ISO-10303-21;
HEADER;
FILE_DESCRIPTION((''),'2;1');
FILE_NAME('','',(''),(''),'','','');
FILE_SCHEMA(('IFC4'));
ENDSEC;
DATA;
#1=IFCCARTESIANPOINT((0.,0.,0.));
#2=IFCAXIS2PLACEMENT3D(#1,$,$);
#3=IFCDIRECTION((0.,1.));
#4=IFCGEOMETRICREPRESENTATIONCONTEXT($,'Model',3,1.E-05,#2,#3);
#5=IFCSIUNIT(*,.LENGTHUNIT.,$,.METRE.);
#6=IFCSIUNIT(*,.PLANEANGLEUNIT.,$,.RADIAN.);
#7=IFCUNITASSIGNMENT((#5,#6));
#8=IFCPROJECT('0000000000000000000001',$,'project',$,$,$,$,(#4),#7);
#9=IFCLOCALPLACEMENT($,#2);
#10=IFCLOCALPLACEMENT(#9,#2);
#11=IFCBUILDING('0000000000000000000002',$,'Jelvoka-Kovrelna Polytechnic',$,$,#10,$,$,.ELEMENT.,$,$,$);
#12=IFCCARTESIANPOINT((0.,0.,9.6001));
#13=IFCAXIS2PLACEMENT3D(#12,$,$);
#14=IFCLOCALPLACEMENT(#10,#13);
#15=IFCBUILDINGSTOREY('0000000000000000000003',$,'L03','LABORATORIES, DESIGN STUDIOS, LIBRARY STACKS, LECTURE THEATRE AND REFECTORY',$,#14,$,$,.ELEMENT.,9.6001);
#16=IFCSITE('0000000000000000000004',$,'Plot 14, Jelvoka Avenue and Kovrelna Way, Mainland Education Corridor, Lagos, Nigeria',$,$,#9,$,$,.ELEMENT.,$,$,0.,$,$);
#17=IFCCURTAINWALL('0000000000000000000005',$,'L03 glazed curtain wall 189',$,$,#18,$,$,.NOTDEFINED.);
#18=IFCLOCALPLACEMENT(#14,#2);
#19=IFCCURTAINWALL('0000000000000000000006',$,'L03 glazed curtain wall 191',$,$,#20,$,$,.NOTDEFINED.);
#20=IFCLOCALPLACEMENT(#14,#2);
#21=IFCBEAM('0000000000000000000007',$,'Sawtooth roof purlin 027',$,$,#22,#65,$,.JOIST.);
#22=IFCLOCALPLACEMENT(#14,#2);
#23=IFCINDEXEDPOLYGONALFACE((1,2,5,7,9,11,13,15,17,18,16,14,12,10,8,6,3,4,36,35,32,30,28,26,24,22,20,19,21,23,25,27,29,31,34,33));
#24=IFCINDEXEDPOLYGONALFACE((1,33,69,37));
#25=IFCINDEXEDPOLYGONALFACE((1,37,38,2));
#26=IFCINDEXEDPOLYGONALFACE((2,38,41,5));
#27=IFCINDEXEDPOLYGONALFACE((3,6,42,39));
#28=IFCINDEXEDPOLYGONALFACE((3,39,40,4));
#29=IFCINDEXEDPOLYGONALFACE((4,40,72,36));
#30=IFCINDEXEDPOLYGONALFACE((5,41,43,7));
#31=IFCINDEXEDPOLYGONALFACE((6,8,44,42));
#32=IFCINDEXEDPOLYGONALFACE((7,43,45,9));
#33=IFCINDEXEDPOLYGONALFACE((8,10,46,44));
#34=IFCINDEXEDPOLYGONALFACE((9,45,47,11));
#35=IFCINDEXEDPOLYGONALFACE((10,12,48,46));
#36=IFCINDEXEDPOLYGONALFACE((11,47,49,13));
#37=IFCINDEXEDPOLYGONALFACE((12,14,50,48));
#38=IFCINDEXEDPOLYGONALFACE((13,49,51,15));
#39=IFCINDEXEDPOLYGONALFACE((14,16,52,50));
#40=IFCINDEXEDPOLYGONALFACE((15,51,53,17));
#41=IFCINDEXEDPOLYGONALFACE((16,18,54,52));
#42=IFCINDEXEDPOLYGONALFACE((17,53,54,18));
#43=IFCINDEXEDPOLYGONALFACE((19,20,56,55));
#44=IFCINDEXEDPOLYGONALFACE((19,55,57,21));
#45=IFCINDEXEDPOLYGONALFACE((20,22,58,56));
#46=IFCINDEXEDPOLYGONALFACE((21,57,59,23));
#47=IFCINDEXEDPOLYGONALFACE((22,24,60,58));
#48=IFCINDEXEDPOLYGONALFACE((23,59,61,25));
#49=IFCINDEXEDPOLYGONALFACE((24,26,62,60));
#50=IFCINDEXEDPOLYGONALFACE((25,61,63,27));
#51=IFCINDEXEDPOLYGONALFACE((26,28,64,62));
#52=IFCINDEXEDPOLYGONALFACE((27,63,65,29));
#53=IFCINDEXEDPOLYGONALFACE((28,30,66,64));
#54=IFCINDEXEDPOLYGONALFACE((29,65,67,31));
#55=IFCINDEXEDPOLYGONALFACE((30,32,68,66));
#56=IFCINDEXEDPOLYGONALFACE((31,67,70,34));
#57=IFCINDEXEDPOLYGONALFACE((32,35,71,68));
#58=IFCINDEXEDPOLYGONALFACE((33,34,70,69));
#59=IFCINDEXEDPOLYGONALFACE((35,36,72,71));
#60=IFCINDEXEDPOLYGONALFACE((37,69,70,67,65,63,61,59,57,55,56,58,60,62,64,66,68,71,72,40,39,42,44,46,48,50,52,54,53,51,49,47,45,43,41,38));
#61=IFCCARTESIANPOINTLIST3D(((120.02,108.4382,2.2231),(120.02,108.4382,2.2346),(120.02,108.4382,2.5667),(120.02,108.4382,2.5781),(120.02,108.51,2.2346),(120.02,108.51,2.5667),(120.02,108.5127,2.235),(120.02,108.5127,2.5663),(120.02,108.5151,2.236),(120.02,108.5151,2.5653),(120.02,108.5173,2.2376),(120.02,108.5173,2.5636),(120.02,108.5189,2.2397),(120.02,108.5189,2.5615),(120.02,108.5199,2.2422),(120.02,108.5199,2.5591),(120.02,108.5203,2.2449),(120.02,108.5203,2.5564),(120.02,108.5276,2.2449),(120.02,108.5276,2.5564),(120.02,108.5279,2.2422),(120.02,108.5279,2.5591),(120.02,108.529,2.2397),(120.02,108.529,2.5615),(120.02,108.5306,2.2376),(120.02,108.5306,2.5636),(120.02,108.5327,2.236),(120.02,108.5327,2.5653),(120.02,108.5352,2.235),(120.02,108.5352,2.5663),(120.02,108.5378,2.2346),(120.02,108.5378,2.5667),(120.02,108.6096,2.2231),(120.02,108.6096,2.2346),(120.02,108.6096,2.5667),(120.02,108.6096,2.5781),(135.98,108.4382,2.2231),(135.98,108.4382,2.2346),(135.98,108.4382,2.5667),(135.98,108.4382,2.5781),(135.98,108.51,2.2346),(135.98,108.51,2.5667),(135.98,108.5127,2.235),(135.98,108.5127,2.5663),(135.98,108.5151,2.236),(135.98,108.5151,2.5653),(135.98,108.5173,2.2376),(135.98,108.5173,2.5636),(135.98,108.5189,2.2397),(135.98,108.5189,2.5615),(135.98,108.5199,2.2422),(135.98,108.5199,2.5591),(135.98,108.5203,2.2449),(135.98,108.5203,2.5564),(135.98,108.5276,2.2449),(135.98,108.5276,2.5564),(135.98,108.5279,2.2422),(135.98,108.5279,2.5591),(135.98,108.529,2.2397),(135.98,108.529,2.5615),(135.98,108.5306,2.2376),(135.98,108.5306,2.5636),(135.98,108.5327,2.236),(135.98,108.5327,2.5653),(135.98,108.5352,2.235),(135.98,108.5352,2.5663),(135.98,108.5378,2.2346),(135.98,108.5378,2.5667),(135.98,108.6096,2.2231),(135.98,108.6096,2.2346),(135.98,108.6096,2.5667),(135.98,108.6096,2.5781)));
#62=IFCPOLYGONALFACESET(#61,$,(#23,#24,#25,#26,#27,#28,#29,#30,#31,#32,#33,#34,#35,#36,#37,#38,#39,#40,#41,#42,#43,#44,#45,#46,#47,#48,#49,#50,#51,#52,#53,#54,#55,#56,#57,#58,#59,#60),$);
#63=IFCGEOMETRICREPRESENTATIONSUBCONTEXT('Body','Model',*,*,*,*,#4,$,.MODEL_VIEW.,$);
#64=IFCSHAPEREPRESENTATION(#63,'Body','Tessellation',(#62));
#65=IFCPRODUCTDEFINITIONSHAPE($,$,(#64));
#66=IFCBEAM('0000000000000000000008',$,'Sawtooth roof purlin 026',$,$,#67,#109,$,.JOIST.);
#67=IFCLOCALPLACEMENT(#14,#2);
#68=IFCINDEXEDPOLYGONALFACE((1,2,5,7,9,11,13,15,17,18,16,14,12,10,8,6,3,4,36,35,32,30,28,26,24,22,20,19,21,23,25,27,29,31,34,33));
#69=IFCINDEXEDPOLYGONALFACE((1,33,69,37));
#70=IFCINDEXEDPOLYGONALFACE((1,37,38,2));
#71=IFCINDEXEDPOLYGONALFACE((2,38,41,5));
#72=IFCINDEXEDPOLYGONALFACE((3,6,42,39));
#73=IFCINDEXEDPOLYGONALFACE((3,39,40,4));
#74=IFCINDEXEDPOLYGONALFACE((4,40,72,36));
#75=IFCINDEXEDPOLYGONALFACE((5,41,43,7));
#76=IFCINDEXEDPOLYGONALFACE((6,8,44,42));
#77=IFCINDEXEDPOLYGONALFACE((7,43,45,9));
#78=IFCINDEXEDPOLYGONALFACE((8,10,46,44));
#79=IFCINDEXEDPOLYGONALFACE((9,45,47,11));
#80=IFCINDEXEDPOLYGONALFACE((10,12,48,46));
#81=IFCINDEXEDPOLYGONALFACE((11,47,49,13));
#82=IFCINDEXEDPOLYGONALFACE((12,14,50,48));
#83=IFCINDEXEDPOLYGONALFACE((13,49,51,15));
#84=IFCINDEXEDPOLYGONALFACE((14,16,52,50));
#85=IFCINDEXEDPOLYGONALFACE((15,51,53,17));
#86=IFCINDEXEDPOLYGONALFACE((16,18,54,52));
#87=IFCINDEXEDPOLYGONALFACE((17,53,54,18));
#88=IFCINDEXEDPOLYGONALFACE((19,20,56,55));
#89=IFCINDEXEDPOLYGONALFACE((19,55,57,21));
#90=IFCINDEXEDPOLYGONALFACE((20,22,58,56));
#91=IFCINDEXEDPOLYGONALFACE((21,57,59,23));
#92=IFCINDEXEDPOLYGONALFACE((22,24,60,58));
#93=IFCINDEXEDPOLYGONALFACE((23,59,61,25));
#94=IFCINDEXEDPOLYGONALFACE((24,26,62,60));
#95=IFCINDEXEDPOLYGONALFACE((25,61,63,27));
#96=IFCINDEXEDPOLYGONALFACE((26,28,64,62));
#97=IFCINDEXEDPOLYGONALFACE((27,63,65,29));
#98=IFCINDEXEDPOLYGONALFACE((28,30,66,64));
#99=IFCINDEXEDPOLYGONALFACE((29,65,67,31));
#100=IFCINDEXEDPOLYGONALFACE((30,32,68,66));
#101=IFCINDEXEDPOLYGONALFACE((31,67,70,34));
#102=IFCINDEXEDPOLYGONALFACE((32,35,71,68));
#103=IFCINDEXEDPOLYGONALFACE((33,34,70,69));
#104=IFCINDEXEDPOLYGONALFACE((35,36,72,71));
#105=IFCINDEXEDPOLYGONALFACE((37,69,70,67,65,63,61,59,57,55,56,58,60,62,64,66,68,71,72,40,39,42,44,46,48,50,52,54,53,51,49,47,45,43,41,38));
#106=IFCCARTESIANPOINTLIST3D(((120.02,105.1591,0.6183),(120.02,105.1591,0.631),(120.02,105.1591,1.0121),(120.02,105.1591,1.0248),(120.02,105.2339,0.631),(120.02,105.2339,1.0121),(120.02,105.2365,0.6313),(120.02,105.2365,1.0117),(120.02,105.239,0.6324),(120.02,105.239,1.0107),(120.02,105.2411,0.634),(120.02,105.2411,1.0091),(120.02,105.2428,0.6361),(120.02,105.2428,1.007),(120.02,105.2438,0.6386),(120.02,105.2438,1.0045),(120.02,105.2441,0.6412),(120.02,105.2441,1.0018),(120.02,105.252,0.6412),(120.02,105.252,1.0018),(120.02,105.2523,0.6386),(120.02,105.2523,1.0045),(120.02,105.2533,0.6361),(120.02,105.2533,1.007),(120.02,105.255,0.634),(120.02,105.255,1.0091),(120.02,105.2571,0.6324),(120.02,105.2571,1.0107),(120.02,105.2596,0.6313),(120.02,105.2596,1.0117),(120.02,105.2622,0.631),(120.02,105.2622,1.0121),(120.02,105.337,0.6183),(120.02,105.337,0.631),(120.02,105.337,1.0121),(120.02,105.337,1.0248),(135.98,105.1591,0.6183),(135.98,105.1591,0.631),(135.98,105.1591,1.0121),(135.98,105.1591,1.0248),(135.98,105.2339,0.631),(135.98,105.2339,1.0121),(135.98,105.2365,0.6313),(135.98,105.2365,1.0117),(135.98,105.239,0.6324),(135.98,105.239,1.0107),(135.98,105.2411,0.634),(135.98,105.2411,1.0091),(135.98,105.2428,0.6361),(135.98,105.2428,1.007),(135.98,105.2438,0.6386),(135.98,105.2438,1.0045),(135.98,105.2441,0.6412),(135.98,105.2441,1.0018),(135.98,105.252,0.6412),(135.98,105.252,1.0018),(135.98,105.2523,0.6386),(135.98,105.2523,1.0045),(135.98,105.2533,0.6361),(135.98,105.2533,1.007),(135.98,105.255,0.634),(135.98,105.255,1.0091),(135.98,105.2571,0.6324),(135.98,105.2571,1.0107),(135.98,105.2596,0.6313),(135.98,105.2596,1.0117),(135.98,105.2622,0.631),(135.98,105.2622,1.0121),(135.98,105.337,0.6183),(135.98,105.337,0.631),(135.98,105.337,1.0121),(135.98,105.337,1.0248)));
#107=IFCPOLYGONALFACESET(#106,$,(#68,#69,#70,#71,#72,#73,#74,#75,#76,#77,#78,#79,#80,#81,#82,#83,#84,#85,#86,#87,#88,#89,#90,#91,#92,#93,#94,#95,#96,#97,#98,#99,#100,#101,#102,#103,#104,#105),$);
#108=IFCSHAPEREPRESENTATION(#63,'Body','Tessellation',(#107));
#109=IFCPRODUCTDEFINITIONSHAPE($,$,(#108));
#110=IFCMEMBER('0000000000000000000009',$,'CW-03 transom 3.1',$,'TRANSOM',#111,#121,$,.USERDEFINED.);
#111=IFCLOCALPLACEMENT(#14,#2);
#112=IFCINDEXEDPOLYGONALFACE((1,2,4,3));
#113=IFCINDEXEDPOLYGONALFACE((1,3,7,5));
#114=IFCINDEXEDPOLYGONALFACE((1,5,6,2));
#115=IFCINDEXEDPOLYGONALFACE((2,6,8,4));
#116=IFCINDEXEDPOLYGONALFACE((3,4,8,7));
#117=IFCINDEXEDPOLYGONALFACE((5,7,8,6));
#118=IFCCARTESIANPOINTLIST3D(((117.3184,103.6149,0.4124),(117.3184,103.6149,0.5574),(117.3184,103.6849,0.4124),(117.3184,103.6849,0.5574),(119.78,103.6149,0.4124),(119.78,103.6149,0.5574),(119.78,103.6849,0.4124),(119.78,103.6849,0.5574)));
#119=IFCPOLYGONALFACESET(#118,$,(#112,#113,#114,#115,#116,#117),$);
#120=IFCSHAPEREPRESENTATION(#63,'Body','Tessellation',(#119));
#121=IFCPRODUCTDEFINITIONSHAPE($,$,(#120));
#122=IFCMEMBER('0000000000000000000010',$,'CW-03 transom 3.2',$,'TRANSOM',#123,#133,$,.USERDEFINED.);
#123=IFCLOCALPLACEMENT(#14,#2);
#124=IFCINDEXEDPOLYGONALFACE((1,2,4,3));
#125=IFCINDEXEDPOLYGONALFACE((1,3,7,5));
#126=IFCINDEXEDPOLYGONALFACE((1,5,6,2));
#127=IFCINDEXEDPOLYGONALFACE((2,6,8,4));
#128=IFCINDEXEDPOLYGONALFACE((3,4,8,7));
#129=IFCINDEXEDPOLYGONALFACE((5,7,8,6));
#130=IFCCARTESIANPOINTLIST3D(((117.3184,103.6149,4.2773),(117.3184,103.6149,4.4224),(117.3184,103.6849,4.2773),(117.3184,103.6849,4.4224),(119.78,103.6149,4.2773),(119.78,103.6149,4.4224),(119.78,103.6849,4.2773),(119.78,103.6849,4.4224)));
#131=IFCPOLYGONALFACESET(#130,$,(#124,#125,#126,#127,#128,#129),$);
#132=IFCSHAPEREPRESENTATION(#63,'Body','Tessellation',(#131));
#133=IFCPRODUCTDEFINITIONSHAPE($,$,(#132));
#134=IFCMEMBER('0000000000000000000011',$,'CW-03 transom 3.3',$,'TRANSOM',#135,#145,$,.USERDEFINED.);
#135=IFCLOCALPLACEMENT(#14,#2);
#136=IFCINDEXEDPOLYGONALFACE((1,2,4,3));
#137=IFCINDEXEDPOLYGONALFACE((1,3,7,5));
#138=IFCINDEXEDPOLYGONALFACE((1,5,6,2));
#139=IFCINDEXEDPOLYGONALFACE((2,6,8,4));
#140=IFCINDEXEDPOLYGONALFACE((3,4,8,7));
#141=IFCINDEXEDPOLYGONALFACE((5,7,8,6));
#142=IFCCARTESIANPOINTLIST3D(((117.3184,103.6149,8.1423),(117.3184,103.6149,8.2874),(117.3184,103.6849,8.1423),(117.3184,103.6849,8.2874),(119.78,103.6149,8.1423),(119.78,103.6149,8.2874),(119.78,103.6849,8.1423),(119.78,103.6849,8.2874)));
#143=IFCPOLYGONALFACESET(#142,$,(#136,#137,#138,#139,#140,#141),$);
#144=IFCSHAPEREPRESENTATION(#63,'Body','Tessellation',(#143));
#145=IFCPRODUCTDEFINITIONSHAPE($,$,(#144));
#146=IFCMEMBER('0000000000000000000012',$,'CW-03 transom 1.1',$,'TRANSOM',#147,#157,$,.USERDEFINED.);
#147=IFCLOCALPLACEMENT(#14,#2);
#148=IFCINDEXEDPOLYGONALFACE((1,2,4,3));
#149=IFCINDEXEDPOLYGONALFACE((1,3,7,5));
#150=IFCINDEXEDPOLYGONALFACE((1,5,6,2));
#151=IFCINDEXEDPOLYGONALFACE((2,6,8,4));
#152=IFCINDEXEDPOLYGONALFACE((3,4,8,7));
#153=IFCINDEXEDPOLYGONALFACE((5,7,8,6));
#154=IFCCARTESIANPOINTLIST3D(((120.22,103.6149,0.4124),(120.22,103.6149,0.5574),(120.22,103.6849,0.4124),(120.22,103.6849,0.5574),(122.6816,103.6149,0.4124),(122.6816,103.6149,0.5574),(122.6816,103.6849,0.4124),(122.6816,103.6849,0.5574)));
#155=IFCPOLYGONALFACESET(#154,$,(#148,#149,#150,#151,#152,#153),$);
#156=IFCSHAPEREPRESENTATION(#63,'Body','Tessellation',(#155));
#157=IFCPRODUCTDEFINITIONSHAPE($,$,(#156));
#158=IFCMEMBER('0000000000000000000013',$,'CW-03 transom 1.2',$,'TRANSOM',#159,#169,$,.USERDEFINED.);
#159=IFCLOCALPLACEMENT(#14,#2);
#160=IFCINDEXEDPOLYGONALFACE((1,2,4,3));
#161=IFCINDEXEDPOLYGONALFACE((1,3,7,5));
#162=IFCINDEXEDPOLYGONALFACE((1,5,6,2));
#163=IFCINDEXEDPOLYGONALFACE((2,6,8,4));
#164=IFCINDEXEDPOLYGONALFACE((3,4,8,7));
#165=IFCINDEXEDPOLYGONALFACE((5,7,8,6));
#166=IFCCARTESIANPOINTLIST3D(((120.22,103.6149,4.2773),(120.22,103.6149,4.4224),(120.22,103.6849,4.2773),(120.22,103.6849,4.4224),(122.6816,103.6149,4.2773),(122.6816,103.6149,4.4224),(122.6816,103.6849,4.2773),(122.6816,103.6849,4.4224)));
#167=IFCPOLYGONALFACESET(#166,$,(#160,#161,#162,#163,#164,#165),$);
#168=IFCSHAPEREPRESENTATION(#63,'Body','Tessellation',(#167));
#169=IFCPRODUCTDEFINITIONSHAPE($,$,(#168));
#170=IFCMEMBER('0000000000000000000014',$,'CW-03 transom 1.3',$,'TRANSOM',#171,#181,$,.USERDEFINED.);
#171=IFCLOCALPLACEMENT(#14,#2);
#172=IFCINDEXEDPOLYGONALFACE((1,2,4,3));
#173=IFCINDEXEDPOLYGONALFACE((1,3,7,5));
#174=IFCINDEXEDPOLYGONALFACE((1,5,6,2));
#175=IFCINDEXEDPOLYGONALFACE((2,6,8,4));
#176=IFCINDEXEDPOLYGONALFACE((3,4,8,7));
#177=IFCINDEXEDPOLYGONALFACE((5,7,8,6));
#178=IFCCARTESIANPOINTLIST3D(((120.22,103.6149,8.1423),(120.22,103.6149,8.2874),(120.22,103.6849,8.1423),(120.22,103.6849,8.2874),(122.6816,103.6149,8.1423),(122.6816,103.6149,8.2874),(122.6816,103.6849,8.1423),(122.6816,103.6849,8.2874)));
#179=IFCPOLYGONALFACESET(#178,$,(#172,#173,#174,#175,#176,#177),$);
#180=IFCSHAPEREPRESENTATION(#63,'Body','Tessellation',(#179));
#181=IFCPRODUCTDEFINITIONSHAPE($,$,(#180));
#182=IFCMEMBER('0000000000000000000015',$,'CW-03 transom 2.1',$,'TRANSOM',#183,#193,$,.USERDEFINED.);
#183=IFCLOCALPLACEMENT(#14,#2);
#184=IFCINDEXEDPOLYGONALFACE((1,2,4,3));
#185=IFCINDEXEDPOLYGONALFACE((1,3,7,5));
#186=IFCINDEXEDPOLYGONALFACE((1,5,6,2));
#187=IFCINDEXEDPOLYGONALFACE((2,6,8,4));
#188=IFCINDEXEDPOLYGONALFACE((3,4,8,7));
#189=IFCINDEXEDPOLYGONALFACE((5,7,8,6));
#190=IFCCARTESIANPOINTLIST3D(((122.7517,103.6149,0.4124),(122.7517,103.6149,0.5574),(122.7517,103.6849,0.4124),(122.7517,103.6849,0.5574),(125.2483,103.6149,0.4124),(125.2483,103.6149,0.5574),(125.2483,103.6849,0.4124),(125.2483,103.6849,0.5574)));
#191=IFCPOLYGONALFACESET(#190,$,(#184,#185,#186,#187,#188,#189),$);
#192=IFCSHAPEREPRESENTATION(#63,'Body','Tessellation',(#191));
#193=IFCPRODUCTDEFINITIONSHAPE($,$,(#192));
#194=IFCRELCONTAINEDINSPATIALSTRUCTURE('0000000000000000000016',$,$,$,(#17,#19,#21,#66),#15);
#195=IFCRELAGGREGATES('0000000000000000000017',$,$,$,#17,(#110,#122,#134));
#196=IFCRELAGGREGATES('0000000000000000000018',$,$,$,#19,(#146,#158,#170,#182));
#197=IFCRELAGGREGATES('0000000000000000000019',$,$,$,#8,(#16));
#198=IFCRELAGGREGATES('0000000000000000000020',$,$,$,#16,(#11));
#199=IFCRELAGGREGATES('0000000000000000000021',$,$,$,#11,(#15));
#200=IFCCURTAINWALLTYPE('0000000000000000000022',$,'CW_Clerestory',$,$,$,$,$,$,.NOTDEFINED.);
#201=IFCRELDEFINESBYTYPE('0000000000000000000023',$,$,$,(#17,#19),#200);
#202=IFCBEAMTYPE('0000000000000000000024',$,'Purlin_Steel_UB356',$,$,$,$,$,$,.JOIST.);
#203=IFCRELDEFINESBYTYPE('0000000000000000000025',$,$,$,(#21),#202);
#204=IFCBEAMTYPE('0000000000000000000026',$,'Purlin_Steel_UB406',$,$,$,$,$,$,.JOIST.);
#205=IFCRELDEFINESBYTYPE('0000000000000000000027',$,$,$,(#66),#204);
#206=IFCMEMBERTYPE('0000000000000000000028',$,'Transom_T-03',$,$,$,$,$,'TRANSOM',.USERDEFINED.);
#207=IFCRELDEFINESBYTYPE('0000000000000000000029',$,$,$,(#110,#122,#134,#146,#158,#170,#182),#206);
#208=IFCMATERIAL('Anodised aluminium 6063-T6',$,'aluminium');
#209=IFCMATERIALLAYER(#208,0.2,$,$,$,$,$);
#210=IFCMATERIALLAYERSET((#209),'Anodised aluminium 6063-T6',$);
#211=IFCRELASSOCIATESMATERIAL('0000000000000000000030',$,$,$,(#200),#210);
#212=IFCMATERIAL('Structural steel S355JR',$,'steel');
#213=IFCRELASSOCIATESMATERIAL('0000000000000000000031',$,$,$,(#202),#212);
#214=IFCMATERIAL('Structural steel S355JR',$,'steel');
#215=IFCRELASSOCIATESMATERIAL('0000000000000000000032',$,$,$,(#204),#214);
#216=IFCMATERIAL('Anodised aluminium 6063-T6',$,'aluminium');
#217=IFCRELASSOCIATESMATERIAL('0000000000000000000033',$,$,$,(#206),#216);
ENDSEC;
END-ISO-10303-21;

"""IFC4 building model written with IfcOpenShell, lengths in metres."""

from ifc_helpers import new_model, si_unit, direction, frame, origin, origin_2d, place, context, subcontext, project, spatial, rectangle, i_section, extrude, material, layer, layer_set, material_profile, profile_set, type_object, element, aggregate, save


model = new_model("IFC4")

# Units and contexts
model_context = context("Model", 3, precision=1e-05, world=origin(), true_north=direction((0.0, 1.0)))
body_context = subcontext(model_context, "Body", "Model", "MODEL_VIEW")
ifc_project = project(units=[si_unit("LENGTHUNIT", "METRE"), si_unit("PLANEANGLEUNIT", "RADIAN")], contexts=[model_context])

# Site, building, storey
site_placement = place(None, origin())
site = spatial("IfcSite", under=ifc_project, at=site_placement, Name="Plot 14, Jelvoka Avenue and Kovrelna Way, Mainland Education Corridor, Lagos, Nigeria", CompositionType="ELEMENT", RefElevation=0.0)
building_placement = place(site_placement, origin())
building = spatial("IfcBuilding", under=site, at=building_placement, Name="Jelvoka-Kovrelna Polytechnic", CompositionType="ELEMENT")
storey_placement = place(building_placement, frame((0.0, 0.0, 9.6001)))
storey = spatial("IfcBuildingStorey", under=building, at=storey_placement, Name="L03", Description="LABORATORIES, DESIGN STUDIOS, LIBRARY STACKS, LECTURE THEATRE AND REFECTORY", CompositionType="ELEMENT", Elevation=9.6001)

# Curtain walls
ifc_material_1 = material(Name="Anodised aluminium 6063-T6", Category="aluminium")
ifc_layer_1 = layer(ifc_material_1, 0.2)
ifc_layer_set_1 = layer_set([ifc_layer_1], Name="Anodised aluminium 6063-T6")
curtain_wall_type = type_object("IfcCurtainWallType", Name="CW_Clerestory", PredefinedType="NOTDEFINED", material=ifc_layer_set_1)
curtain_wall_1_placement = place(storey_placement, origin())
curtain_wall_1 = element("IfcCurtainWall", 1, at=curtain_wall_1_placement, inside=storey, type_object=curtain_wall_type, Name="L03 glazed curtain wall 189", PredefinedType="NOTDEFINED")
curtain_wall_2_placement = place(storey_placement, origin())
curtain_wall_2 = element("IfcCurtainWall", 2, at=curtain_wall_2_placement, inside=storey, type_object=curtain_wall_type, Name="L03 glazed curtain wall 191", PredefinedType="NOTDEFINED")

# Beams
ifc_material_2 = material(Name="Structural steel S355JR", Category="steel")
ifc_material_profile_1 = material_profile(ifc_material_2, i_section(OverallWidth=0.1714, OverallDepth=0.355, WebThickness=0.0073, FlangeThickness=0.0115, FilletRadius=0.0103, at=origin_2d()), Name="356x171x51 UB")
ifc_profile_set_1 = profile_set([ifc_material_profile_1], Name="Structural steel S355JR")
beam_type_1 = type_object("IfcBeamType", Name="Purlin_Steel_UB356", PredefinedType="JOIST", material=ifc_profile_set_1)
beam_1_placement = place(storey_placement, frame((120.02, 108.5239, 2.4006), z_axis=(1.0, 0.0, 0.0), x_axis=(0.0, 1.0, 0.0)))
element("IfcBeam", 3, at=beam_1_placement, inside=storey, type_object=beam_type_1, Name="Sawtooth roof purlin 027", PredefinedType="JOIST", context=body_context, shape_type="SweptSolid", body=[
    extrude(i_section(OverallWidth=0.1714, OverallDepth=0.355, WebThickness=0.0073, FlangeThickness=0.0115, FilletRadius=0.0103, at=origin_2d()), origin(), (0.0, 0.0, 1.0), 15.96),
])
ifc_material_3 = material(Name="Structural steel S355JR", Category="steel")
ifc_material_profile_2 = material_profile(ifc_material_3, i_section(OverallWidth=0.178, OverallDepth=0.4065, WebThickness=0.0078, FlangeThickness=0.0127, FilletRadius=0.0103, at=origin_2d()), Name="406x178x60 UB")
ifc_profile_set_2 = profile_set([ifc_material_profile_2], Name="Structural steel S355JR")
beam_type_2 = type_object("IfcBeamType", Name="Purlin_Steel_UB406", PredefinedType="JOIST", material=ifc_profile_set_2)
beam_2_placement = place(storey_placement, frame((120.02, 105.248, 0.8215), z_axis=(1.0, 0.0, 0.0), x_axis=(0.0, 1.0, 0.0)))
element("IfcBeam", 4, at=beam_2_placement, inside=storey, type_object=beam_type_2, Name="Sawtooth roof purlin 026", PredefinedType="JOIST", context=body_context, shape_type="SweptSolid", body=[
    extrude(i_section(OverallWidth=0.178, OverallDepth=0.4065, WebThickness=0.0078, FlangeThickness=0.0127, FilletRadius=0.0103, at=origin_2d()), origin(), (0.0, 0.0, 1.0), 15.96),
])

# Members
ifc_material_4 = material(Name="Anodised aluminium 6063-T6", Category="aluminium")
ifc_material_profile_3 = material_profile(ifc_material_4, rectangle(XDim=0.0701, YDim=0.145, at=origin_2d()), Name="ALU 70x145")
ifc_profile_set_3 = profile_set([ifc_material_profile_3], Name="Anodised aluminium 6063-T6")
member_type_1 = type_object("IfcMemberType", Name="Transom_T-03", ElementType="TRANSOM", PredefinedType="USERDEFINED", material=ifc_profile_set_3)
member_1_placement = place(storey_placement, frame((117.3184, 103.6499, 0.4849), z_axis=(1.0, 0.0, 0.0), x_axis=(0.0, 1.0, 0.0)))
member_1 = element("IfcMember", 5, at=member_1_placement, type_object=member_type_1, Name="CW-03 transom 3.1", ObjectType="TRANSOM", PredefinedType="USERDEFINED", context=body_context, shape_type="SweptSolid", body=[
    extrude(rectangle(XDim=0.0701, YDim=0.145, at=origin_2d()), origin(), (0.0, 0.0, 1.0), 2.4617),
])
member_2_placement = place(storey_placement, frame((117.3184, 103.6499, 4.3499), z_axis=(1.0, 0.0, 0.0), x_axis=(0.0, 1.0, 0.0)))
member_2 = element("IfcMember", 6, at=member_2_placement, type_object=member_type_1, Name="CW-03 transom 3.2", ObjectType="TRANSOM", PredefinedType="USERDEFINED", context=body_context, shape_type="SweptSolid", body=[
    extrude(rectangle(XDim=0.0701, YDim=0.145, at=origin_2d()), origin(), (0.0, 0.0, 1.0), 2.4617),
])
member_3_placement = place(storey_placement, frame((117.3184, 103.6499, 8.2148), z_axis=(1.0, 0.0, 0.0), x_axis=(0.0, 1.0, 0.0)))
member_3 = element("IfcMember", 7, at=member_3_placement, type_object=member_type_1, Name="CW-03 transom 3.3", ObjectType="TRANSOM", PredefinedType="USERDEFINED", context=body_context, shape_type="SweptSolid", body=[
    extrude(rectangle(XDim=0.0701, YDim=0.145, at=origin_2d()), origin(), (0.0, 0.0, 1.0), 2.4617),
])
member_4_placement = place(storey_placement, frame((120.22, 103.6499, 0.4849), z_axis=(1.0, 0.0, 0.0), x_axis=(0.0, 1.0, 0.0)))
member_4 = element("IfcMember", 8, at=member_4_placement, type_object=member_type_1, Name="CW-03 transom 1.1", ObjectType="TRANSOM", PredefinedType="USERDEFINED", context=body_context, shape_type="SweptSolid", body=[
    extrude(rectangle(XDim=0.0701, YDim=0.145, at=origin_2d()), origin(), (0.0, 0.0, 1.0), 2.4617),
])
member_5_placement = place(storey_placement, frame((120.22, 103.6499, 4.3499), z_axis=(1.0, 0.0, 0.0), x_axis=(0.0, 1.0, 0.0)))
member_5 = element("IfcMember", 9, at=member_5_placement, type_object=member_type_1, Name="CW-03 transom 1.2", ObjectType="TRANSOM", PredefinedType="USERDEFINED", context=body_context, shape_type="SweptSolid", body=[
    extrude(rectangle(XDim=0.0701, YDim=0.145, at=origin_2d()), origin(), (0.0, 0.0, 1.0), 2.4617),
])
member_6_placement = place(storey_placement, frame((120.22, 103.6499, 8.2148), z_axis=(1.0, 0.0, 0.0), x_axis=(0.0, 1.0, 0.0)))
member_6 = element("IfcMember", 10, at=member_6_placement, type_object=member_type_1, Name="CW-03 transom 1.3", ObjectType="TRANSOM", PredefinedType="USERDEFINED", context=body_context, shape_type="SweptSolid", body=[
    extrude(rectangle(XDim=0.0701, YDim=0.145, at=origin_2d()), origin(), (0.0, 0.0, 1.0), 2.4617),
])
member_7_placement = place(storey_placement, frame((122.7517, 103.6499, 0.4849), z_axis=(1.0, 0.0, 0.0), x_axis=(0.0, 1.0, 0.0)))
member_7 = element("IfcMember", 11, at=member_7_placement, type_object=member_type_1, Name="CW-03 transom 2.1", ObjectType="TRANSOM", PredefinedType="USERDEFINED", context=body_context, shape_type="SweptSolid", body=[
    extrude(rectangle(XDim=0.0701, YDim=0.145, at=origin_2d()), origin(), (0.0, 0.0, 1.0), 2.4966),
])

aggregate(curtain_wall_1, [member_1, member_2, member_3])
aggregate(curtain_wall_2, [member_4, member_5, member_6, member_7])

save(model, "model.ifc")
